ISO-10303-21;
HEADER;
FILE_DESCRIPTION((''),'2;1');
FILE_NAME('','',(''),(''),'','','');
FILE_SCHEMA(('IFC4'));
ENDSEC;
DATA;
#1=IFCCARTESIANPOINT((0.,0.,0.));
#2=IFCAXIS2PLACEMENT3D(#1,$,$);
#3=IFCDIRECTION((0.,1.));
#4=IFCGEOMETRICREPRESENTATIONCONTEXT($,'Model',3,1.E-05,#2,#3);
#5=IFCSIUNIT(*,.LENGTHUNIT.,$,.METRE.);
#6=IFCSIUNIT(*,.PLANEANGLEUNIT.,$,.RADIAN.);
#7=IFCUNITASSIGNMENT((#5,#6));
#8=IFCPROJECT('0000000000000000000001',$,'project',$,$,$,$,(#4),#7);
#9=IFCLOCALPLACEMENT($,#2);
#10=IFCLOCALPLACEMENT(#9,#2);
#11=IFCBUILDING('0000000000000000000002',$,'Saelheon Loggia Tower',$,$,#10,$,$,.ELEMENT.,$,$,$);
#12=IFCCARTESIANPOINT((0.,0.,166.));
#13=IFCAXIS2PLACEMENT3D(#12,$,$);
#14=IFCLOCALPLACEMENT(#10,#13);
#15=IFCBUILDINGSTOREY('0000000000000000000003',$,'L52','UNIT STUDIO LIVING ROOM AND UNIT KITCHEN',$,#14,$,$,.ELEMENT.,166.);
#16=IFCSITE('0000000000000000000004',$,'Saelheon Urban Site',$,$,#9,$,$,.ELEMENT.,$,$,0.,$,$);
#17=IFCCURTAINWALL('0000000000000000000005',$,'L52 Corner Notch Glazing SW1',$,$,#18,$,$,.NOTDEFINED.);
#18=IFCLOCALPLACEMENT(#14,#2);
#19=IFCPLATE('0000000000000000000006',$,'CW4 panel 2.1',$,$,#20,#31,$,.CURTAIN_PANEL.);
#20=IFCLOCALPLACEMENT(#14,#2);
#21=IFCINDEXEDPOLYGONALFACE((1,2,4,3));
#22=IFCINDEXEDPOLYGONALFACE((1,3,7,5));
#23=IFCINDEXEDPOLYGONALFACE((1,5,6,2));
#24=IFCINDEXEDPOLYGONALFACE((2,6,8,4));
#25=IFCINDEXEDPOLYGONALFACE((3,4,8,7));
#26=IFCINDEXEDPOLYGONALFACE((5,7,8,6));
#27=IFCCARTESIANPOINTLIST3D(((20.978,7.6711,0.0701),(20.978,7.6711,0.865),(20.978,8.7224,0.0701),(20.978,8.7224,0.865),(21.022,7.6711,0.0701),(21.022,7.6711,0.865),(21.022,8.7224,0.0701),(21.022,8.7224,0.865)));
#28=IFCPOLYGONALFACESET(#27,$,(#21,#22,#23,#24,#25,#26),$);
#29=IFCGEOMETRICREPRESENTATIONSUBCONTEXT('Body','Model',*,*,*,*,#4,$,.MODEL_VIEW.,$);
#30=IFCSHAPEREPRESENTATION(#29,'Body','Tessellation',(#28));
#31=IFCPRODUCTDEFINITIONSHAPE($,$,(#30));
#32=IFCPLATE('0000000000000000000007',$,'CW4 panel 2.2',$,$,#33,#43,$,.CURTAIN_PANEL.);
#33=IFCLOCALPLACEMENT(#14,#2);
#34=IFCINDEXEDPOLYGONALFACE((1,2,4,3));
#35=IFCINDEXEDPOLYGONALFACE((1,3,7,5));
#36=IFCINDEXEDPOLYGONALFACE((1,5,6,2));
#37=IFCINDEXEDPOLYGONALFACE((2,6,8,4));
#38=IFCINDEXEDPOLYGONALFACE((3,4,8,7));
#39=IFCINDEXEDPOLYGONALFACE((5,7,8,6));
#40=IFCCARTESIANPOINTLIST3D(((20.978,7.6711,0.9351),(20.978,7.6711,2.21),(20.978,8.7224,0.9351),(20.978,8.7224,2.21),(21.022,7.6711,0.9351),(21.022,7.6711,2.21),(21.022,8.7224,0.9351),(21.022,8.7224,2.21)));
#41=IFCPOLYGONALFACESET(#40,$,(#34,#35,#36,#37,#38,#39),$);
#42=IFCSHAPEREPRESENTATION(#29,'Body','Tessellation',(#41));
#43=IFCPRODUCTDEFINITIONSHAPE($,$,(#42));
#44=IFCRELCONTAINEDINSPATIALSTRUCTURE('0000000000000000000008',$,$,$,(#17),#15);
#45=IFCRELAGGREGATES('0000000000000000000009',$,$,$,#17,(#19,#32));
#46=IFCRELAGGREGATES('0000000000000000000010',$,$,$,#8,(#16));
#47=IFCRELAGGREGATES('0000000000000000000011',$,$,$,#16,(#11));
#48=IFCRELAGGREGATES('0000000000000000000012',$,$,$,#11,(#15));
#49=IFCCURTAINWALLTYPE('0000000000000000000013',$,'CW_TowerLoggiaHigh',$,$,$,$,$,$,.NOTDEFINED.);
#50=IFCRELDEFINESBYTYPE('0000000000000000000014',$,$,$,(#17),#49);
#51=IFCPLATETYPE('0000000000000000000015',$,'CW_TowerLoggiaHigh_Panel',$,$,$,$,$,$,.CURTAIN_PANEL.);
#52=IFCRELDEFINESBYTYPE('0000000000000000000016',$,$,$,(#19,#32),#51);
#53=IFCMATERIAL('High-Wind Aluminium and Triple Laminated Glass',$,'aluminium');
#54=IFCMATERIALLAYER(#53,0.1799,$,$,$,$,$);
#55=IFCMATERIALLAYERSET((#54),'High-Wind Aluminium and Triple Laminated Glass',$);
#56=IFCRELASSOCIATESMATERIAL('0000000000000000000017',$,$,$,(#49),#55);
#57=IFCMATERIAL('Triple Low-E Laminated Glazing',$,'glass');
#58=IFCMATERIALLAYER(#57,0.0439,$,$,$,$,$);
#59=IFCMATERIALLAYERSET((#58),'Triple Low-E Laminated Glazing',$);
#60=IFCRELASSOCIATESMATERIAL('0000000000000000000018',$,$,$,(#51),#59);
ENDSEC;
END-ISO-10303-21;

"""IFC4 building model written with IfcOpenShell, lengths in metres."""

from ifc_helpers import new_model, si_unit, direction, frame, origin, origin_2d, place, context, subcontext, project, spatial, rectangle, extrude, source, transform, mapped, material, layer, layer_set, type_object, element, aggregate, save


model = new_model("IFC4")

# Units and contexts
model_context = context("Model", 3, precision=1e-05, world=origin(), true_north=direction((0.0, 1.0)))
body_context = subcontext(model_context, "Body", "Model", "MODEL_VIEW")
ifc_project = project(units=[si_unit("LENGTHUNIT", "METRE"), si_unit("PLANEANGLEUNIT", "RADIAN")], contexts=[model_context])

# Site, building, storey
site_placement = place(None, origin())
site = spatial("IfcSite", under=ifc_project, at=site_placement, Name="Saelheon Urban Site", CompositionType="ELEMENT", RefElevation=0.0)
building_placement = place(site_placement, origin())
building = spatial("IfcBuilding", under=site, at=building_placement, Name="Saelheon Loggia Tower", CompositionType="ELEMENT")
storey_placement = place(building_placement, frame((0.0, 0.0, 166.0)))
storey = spatial("IfcBuildingStorey", under=building, at=storey_placement, Name="L52", Description="UNIT STUDIO LIVING ROOM AND UNIT KITCHEN", CompositionType="ELEMENT", Elevation=166.0)

# Curtain wall, plates
ifc_material_1 = material(Name="High-Wind Aluminium and Triple Laminated Glass", Category="aluminium")
ifc_layer_1 = layer(ifc_material_1, 0.1799)
ifc_layer_set_1 = layer_set([ifc_layer_1], Name="High-Wind Aluminium and Triple Laminated Glass")
curtain_wall_type = type_object("IfcCurtainWallType", Name="CW_TowerLoggiaHigh", PredefinedType="NOTDEFINED", material=ifc_layer_set_1)
curtain_wall_placement = place(storey_placement, origin())
curtain_wall = element("IfcCurtainWall", 1, at=curtain_wall_placement, inside=storey, type_object=curtain_wall_type, Name="L52 Corner Notch Glazing SW1", PredefinedType="NOTDEFINED")
ifc_material_2 = material(Name="Triple Low-E Laminated Glazing", Category="glass")
ifc_layer_2 = layer(ifc_material_2, 0.0439)
ifc_layer_set_2 = layer_set([ifc_layer_2], Name="Triple Low-E Laminated Glazing")
plate_type = type_object("IfcPlateType", Name="CW_TowerLoggiaHigh_Panel", PredefinedType="CURTAIN_PANEL", material=ifc_layer_set_2)
shared_shape_1 = source(origin(), body_context, "Body", "SweptSolid", [
    extrude(rectangle(XDim=1.0513, YDim=0.0439, at=origin_2d()), origin(), (0.0, 0.0, 1.0), 0.7949),
])
plate_1_placement = place(storey_placement, frame((21.0, 8.1968, 0.0701), z_axis=(0.0, 0.0, 1.0), x_axis=(0.0, 1.0, 0.0)))
plate_1 = element("IfcPlate", 2, at=plate_1_placement, type_object=plate_type, Name="CW4 panel 2.1", PredefinedType="CURTAIN_PANEL", context=body_context, shape_type="MappedRepresentation", body=[
    mapped(shared_shape_1, transform((0.0, 0.0, 0.0), scale=1.0)),
])
shared_shape_2 = source(origin(), body_context, "Body", "SweptSolid", [
    extrude(rectangle(XDim=1.0513, YDim=0.0439, at=origin_2d()), origin(), (0.0, 0.0, 1.0), 1.2749),
])
plate_2_placement = place(storey_placement, frame((21.0, 8.1968, 0.9351), z_axis=(0.0, 0.0, 1.0), x_axis=(0.0, 1.0, 0.0)))
plate_2 = element("IfcPlate", 3, at=plate_2_placement, type_object=plate_type, Name="CW4 panel 2.2", PredefinedType="CURTAIN_PANEL", context=body_context, shape_type="MappedRepresentation", body=[
    mapped(shared_shape_2, transform((0.0, 0.0, 0.0), scale=1.0)),
])
aggregate(curtain_wall, [plate_1, plate_2])

save(model, "model.ifc")
